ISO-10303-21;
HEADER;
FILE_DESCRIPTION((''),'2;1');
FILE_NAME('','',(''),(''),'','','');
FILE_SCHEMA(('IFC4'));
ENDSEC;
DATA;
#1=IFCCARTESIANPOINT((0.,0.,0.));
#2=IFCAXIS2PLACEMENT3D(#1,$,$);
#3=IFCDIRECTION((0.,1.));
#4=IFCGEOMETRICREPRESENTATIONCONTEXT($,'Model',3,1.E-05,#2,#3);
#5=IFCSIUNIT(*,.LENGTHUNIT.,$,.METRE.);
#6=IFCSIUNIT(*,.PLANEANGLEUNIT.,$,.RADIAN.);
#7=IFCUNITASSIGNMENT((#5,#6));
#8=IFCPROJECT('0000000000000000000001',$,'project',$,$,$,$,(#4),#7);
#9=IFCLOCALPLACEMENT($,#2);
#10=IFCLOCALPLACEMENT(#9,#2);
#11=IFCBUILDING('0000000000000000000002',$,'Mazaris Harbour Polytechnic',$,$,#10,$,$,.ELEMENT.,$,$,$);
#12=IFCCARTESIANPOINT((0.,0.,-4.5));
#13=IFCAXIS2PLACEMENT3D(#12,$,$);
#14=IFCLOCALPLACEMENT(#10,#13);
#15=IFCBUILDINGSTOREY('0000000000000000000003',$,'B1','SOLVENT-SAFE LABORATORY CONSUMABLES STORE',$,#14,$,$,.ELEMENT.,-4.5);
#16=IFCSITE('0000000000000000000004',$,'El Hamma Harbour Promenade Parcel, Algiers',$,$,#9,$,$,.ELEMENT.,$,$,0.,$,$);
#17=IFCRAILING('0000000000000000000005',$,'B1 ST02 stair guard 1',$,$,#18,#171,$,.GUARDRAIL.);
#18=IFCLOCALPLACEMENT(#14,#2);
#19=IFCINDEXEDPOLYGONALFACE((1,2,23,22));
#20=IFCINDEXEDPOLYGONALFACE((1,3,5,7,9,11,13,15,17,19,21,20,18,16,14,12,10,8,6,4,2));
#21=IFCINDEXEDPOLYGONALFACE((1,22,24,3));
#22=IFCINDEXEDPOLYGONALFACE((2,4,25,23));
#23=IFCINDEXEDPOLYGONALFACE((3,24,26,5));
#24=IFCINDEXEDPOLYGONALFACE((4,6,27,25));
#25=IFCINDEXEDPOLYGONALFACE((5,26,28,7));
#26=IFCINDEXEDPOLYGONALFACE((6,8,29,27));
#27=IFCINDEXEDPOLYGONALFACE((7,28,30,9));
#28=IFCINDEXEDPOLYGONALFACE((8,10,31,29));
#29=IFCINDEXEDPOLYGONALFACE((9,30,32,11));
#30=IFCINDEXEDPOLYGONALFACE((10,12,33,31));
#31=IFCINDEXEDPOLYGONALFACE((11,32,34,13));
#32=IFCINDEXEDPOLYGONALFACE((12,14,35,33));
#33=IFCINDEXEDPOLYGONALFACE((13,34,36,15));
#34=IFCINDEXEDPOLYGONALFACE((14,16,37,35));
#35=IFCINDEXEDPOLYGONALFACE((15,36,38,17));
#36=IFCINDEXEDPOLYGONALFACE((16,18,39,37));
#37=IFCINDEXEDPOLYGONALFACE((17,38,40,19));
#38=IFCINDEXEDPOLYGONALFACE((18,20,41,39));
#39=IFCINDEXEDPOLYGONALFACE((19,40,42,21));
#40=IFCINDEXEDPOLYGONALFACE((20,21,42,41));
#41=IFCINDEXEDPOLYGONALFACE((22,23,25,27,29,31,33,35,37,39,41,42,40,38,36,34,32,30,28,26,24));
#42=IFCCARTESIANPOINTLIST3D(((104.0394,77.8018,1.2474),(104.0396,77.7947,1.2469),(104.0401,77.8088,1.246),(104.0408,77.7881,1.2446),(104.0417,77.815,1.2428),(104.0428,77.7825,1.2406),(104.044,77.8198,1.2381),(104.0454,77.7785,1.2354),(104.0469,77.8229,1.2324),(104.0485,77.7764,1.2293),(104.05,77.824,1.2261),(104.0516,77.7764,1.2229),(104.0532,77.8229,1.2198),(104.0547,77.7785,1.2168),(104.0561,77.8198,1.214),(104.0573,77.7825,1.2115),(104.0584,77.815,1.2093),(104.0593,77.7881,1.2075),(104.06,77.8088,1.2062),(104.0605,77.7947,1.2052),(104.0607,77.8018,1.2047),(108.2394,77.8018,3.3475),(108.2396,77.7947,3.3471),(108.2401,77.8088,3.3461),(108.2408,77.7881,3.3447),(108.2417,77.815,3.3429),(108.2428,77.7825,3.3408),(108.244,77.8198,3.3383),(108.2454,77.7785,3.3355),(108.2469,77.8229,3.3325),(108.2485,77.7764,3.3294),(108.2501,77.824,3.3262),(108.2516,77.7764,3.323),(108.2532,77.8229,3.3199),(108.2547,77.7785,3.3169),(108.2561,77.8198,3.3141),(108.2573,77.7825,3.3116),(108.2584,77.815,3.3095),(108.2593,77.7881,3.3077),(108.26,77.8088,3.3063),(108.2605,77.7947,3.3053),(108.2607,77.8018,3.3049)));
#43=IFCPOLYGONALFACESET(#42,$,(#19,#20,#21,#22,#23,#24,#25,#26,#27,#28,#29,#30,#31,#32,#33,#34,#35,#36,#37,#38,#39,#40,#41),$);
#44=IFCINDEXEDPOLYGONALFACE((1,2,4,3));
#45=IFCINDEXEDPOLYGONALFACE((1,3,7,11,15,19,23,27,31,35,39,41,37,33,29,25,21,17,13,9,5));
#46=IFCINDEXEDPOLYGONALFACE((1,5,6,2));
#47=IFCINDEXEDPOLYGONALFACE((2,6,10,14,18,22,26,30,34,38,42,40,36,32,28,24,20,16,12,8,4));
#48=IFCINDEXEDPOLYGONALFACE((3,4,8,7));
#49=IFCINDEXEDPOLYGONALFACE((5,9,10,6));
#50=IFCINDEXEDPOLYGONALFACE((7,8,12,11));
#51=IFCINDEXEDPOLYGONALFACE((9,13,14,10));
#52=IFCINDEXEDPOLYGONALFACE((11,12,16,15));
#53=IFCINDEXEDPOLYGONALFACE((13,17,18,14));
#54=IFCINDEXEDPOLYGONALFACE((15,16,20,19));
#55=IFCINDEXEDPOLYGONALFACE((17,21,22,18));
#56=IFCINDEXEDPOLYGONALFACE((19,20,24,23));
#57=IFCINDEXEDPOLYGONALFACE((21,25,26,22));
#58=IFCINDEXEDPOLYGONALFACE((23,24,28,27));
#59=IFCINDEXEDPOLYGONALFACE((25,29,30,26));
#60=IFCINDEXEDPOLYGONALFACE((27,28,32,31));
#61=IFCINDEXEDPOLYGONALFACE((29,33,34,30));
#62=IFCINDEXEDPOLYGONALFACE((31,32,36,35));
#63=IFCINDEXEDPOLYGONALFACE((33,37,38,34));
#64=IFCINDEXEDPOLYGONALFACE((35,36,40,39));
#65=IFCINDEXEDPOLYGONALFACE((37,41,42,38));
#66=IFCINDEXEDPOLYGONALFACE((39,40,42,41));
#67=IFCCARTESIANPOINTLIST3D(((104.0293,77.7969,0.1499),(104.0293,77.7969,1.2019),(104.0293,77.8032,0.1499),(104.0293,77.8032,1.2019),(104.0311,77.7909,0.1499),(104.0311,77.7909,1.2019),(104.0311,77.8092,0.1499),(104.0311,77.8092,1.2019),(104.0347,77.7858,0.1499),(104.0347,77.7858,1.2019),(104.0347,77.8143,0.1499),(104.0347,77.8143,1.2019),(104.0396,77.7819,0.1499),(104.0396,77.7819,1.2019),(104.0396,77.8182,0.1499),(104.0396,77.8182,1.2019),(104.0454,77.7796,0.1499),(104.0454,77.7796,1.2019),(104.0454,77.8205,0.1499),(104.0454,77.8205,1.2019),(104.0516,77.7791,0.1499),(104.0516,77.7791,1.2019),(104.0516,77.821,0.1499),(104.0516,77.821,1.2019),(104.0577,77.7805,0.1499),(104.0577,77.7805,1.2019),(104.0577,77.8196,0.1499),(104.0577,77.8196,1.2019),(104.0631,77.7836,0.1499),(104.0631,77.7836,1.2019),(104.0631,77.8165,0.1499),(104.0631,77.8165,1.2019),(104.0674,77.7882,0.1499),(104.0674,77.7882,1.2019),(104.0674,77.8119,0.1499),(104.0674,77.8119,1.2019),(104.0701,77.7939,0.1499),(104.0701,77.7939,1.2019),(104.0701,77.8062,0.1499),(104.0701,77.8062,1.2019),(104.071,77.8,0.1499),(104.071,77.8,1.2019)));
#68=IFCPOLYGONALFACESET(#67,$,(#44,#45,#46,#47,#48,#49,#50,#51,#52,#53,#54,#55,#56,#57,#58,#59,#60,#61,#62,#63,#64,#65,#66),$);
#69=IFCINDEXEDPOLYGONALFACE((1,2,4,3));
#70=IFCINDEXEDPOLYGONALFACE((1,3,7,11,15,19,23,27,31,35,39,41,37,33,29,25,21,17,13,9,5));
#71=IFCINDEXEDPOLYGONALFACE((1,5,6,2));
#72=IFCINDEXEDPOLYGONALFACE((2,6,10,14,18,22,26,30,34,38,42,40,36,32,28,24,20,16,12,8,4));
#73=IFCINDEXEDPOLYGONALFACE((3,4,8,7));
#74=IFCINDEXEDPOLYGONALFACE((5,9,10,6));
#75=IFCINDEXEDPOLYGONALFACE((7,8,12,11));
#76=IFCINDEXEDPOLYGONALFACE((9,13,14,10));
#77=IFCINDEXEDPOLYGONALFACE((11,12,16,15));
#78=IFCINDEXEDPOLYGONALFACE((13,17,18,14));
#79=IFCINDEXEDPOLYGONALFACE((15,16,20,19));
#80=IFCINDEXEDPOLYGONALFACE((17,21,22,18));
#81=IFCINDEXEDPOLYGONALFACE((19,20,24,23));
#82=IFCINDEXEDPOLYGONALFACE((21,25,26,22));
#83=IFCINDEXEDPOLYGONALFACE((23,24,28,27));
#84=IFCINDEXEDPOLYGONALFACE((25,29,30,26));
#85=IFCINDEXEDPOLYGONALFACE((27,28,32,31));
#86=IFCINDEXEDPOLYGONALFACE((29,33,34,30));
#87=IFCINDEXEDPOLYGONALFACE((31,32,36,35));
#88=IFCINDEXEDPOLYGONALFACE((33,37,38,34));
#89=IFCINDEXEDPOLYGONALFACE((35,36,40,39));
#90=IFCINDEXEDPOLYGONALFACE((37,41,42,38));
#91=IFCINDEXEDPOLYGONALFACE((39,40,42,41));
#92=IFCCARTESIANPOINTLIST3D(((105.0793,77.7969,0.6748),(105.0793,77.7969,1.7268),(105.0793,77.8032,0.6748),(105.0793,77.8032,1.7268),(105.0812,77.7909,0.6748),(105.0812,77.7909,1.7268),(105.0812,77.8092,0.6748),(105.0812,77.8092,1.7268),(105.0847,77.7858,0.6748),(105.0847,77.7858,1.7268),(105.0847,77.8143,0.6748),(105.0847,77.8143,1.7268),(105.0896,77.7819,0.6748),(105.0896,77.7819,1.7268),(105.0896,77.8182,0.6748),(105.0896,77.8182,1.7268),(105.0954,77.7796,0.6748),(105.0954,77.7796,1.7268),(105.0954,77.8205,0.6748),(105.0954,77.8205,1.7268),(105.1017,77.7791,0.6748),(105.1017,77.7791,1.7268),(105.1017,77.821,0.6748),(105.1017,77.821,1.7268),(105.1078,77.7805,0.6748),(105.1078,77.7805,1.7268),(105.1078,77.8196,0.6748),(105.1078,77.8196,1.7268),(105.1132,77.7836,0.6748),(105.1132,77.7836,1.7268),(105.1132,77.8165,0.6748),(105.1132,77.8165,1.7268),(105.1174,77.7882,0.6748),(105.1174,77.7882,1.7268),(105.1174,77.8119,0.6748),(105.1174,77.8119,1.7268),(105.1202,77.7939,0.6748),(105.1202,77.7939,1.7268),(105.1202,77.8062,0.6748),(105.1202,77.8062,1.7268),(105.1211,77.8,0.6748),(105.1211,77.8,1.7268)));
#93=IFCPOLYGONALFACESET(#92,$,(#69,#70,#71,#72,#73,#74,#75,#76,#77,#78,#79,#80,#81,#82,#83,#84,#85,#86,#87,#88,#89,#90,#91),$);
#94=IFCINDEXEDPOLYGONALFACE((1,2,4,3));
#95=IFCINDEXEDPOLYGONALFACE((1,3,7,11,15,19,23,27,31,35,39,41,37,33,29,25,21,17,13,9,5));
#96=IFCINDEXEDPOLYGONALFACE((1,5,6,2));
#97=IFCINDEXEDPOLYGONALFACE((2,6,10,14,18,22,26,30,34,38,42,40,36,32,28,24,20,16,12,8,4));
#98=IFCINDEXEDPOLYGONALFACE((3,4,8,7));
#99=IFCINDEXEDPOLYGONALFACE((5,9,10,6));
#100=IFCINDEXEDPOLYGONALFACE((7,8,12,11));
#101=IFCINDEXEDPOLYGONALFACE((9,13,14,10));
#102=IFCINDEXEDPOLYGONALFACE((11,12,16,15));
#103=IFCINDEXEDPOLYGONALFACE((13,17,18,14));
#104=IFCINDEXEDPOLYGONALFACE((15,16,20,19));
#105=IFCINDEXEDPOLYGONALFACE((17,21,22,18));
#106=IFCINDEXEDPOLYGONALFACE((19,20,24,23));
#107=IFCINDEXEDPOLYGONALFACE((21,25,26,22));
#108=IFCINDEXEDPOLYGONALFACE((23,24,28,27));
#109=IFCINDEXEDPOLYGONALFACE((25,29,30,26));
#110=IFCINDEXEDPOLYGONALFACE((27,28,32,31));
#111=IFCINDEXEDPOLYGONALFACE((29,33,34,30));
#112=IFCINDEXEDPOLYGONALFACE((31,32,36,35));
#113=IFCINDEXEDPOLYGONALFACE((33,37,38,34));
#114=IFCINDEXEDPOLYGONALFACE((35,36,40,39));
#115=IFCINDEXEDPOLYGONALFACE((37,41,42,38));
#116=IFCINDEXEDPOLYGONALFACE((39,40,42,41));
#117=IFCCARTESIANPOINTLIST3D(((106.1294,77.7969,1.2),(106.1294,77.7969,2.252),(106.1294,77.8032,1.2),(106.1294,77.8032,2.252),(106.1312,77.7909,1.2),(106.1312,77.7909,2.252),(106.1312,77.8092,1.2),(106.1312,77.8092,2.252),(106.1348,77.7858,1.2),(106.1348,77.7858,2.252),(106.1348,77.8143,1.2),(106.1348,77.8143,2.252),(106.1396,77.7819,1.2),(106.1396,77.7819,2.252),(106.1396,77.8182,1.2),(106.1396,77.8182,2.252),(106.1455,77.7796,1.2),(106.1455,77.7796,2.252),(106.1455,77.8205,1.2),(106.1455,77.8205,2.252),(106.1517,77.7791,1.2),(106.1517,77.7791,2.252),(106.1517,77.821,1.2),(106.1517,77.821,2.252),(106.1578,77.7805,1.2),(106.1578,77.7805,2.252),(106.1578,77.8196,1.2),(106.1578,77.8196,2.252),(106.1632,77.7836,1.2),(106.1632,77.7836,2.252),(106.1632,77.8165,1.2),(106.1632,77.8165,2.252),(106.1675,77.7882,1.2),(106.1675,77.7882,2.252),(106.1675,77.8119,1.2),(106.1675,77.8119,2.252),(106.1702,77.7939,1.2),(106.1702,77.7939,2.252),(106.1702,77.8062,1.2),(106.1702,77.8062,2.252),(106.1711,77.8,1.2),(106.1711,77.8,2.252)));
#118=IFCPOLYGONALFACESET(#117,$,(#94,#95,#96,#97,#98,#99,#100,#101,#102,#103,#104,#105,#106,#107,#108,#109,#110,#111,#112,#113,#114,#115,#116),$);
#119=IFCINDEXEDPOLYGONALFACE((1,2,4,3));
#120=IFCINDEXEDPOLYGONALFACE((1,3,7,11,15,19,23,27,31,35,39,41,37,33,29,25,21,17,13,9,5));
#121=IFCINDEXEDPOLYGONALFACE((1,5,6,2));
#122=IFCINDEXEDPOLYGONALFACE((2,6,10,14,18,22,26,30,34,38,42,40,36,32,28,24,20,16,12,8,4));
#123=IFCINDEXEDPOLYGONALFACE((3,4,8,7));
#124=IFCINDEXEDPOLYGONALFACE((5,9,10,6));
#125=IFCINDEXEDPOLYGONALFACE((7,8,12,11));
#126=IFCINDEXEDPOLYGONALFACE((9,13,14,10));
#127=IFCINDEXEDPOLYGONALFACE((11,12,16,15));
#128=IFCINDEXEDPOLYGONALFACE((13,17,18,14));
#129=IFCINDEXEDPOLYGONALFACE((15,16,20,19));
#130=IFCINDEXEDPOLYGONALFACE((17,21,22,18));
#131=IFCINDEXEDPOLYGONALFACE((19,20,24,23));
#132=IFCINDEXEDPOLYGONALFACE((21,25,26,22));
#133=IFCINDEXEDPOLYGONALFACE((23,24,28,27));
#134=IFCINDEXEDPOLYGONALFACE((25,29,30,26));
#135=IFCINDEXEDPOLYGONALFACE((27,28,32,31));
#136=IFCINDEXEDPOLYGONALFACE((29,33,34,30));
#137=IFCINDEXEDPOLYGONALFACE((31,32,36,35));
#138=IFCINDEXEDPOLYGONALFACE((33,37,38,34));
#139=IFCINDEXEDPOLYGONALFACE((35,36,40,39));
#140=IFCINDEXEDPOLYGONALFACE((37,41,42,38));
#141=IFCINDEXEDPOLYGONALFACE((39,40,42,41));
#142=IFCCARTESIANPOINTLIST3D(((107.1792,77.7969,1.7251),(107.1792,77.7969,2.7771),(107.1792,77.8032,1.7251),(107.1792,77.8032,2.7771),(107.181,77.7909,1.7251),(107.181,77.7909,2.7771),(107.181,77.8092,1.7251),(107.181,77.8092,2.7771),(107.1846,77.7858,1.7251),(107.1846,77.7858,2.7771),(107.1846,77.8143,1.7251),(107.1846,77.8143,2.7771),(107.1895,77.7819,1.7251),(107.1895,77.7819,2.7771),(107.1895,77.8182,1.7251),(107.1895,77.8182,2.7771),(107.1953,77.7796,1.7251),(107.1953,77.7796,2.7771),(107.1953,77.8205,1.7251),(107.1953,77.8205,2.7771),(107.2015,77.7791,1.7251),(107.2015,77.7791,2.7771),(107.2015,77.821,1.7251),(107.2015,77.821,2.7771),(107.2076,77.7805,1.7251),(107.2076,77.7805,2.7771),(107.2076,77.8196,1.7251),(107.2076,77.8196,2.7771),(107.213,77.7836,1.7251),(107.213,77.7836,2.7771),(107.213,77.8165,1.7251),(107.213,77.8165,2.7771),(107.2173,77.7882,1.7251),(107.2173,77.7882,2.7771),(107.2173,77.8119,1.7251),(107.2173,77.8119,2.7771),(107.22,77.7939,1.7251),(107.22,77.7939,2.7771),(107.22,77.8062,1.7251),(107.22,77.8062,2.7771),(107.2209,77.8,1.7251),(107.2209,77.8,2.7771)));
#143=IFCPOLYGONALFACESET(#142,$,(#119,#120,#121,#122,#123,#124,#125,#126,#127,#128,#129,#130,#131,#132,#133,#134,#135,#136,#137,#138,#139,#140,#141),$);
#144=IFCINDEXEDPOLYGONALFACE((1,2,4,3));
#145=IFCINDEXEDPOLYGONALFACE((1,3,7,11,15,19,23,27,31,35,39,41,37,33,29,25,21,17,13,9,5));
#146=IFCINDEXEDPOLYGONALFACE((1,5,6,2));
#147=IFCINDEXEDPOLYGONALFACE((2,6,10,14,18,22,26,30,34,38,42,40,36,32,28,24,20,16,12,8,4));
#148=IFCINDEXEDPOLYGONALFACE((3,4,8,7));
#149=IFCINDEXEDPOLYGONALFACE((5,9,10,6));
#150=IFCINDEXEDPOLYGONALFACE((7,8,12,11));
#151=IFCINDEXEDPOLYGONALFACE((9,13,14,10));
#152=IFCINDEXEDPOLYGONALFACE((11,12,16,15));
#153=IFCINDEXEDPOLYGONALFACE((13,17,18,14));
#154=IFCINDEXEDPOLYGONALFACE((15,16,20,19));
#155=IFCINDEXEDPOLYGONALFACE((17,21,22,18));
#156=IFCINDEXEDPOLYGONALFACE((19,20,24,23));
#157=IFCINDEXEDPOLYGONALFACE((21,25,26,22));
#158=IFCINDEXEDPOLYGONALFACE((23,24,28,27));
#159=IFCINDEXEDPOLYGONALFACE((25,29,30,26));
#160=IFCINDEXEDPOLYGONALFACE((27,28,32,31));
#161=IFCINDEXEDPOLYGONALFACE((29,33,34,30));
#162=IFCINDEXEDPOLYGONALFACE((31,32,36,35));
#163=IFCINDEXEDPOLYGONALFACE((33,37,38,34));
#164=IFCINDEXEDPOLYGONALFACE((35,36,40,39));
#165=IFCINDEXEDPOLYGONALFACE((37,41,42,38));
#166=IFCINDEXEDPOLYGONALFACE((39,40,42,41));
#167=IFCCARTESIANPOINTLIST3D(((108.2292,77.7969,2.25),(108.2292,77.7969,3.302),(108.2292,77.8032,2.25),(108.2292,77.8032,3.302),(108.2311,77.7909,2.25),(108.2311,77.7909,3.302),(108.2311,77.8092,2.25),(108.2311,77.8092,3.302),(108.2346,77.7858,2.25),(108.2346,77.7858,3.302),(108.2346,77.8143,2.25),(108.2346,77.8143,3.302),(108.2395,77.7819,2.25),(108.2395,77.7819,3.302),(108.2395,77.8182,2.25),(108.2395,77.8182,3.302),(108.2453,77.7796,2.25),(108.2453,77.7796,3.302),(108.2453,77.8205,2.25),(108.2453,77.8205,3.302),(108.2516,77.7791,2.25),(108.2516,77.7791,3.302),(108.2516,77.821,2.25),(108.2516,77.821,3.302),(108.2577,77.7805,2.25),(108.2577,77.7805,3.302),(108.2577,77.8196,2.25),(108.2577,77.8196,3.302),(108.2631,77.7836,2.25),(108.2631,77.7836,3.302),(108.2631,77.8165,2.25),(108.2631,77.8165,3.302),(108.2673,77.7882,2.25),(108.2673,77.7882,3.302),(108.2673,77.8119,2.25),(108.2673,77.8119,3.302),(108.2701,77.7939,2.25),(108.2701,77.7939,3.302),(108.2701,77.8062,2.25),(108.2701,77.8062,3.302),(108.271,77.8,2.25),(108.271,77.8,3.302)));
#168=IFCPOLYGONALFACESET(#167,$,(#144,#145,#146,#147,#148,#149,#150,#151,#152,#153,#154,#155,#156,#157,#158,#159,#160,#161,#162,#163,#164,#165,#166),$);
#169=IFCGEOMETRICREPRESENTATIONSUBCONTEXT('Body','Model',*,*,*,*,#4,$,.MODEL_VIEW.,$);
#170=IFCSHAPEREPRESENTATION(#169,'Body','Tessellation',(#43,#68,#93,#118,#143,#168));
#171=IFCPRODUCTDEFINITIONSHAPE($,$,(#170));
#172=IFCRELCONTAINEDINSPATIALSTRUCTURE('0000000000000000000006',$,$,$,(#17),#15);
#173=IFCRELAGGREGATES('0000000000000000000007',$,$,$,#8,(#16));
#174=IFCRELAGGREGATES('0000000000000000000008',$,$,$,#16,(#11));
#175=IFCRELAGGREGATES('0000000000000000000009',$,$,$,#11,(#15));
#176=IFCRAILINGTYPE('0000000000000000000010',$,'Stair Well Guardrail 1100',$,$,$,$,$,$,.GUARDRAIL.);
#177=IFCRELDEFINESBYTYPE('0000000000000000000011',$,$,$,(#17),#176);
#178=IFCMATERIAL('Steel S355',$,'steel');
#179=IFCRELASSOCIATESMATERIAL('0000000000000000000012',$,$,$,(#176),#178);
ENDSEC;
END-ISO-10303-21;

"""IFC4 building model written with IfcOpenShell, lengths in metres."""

from ifc_helpers import new_model, si_unit, direction, frame, origin, origin_2d, place, context, subcontext, project, spatial, circle, extrude, material, type_object, element, save


model = new_model("IFC4")

# Units and contexts
model_context = context("Model", 3, precision=1e-05, world=origin(), true_north=direction((0.0, 1.0)))
body_context = subcontext(model_context, "Body", "Model", "MODEL_VIEW")
ifc_project = project(units=[si_unit("LENGTHUNIT", "METRE"), si_unit("PLANEANGLEUNIT", "RADIAN")], contexts=[model_context])

# Site, building, storey
site_placement = place(None, origin())
site = spatial("IfcSite", under=ifc_project, at=site_placement, Name="El Hamma Harbour Promenade Parcel, Algiers", CompositionType="ELEMENT", RefElevation=0.0)
building_placement = place(site_placement, origin())
building = spatial("IfcBuilding", under=site, at=building_placement, Name="Mazaris Harbour Polytechnic", CompositionType="ELEMENT")
storey_placement = place(building_placement, frame((0.0, 0.0, -4.5)))
storey = spatial("IfcBuildingStorey", under=building, at=storey_placement, Name="B1", Description="SOLVENT-SAFE LABORATORY CONSUMABLES STORE", CompositionType="ELEMENT", Elevation=-4.5)

# Railing
ifc_material_1 = material(Name="Steel S355", Category="steel")
railing_type_1 = type_object("IfcRailingType", Name="Stair Well Guardrail 1100", PredefinedType="GUARDRAIL", material=ifc_material_1)
railing_1_placement = place(storey_placement, frame((104.05, 77.8, 0.1499)))
element("IfcRailing", 1, at=railing_1_placement, inside=storey, type_object=railing_type_1, Name="B1 ST02 stair guard 1", PredefinedType="GUARDRAIL", context=body_context, shape_type="SweptSolid", body=[
    extrude(circle(Radius=0.0239, at=origin_2d()), frame((0.0, 0.0, 1.0762), z_axis=(0.894417, 0.0, 0.447234), x_axis=(0.0, 1.0, 0.0)), (0.0, 0.0, 1.0), 4.6958),
    extrude(circle(Radius=0.021, at=origin_2d()), origin(), (0.0, 0.0, 1.0), 1.052),
    extrude(circle(Radius=0.021, at=origin_2d()), frame((1.05, 0.0, 0.5249)), (0.0, 0.0, 1.0), 1.052),
    extrude(circle(Radius=0.021, at=origin_2d()), frame((2.1001, 0.0, 1.05)), (0.0, 0.0, 1.0), 1.052),
    extrude(circle(Radius=0.021, at=origin_2d()), frame((3.1499, 0.0, 1.5752)), (0.0, 0.0, 1.0), 1.052),
    extrude(circle(Radius=0.021, at=origin_2d()), frame((4.2, 0.0, 2.1001)), (0.0, 0.0, 1.0), 1.052),
])

save(model, "model.ifc")
